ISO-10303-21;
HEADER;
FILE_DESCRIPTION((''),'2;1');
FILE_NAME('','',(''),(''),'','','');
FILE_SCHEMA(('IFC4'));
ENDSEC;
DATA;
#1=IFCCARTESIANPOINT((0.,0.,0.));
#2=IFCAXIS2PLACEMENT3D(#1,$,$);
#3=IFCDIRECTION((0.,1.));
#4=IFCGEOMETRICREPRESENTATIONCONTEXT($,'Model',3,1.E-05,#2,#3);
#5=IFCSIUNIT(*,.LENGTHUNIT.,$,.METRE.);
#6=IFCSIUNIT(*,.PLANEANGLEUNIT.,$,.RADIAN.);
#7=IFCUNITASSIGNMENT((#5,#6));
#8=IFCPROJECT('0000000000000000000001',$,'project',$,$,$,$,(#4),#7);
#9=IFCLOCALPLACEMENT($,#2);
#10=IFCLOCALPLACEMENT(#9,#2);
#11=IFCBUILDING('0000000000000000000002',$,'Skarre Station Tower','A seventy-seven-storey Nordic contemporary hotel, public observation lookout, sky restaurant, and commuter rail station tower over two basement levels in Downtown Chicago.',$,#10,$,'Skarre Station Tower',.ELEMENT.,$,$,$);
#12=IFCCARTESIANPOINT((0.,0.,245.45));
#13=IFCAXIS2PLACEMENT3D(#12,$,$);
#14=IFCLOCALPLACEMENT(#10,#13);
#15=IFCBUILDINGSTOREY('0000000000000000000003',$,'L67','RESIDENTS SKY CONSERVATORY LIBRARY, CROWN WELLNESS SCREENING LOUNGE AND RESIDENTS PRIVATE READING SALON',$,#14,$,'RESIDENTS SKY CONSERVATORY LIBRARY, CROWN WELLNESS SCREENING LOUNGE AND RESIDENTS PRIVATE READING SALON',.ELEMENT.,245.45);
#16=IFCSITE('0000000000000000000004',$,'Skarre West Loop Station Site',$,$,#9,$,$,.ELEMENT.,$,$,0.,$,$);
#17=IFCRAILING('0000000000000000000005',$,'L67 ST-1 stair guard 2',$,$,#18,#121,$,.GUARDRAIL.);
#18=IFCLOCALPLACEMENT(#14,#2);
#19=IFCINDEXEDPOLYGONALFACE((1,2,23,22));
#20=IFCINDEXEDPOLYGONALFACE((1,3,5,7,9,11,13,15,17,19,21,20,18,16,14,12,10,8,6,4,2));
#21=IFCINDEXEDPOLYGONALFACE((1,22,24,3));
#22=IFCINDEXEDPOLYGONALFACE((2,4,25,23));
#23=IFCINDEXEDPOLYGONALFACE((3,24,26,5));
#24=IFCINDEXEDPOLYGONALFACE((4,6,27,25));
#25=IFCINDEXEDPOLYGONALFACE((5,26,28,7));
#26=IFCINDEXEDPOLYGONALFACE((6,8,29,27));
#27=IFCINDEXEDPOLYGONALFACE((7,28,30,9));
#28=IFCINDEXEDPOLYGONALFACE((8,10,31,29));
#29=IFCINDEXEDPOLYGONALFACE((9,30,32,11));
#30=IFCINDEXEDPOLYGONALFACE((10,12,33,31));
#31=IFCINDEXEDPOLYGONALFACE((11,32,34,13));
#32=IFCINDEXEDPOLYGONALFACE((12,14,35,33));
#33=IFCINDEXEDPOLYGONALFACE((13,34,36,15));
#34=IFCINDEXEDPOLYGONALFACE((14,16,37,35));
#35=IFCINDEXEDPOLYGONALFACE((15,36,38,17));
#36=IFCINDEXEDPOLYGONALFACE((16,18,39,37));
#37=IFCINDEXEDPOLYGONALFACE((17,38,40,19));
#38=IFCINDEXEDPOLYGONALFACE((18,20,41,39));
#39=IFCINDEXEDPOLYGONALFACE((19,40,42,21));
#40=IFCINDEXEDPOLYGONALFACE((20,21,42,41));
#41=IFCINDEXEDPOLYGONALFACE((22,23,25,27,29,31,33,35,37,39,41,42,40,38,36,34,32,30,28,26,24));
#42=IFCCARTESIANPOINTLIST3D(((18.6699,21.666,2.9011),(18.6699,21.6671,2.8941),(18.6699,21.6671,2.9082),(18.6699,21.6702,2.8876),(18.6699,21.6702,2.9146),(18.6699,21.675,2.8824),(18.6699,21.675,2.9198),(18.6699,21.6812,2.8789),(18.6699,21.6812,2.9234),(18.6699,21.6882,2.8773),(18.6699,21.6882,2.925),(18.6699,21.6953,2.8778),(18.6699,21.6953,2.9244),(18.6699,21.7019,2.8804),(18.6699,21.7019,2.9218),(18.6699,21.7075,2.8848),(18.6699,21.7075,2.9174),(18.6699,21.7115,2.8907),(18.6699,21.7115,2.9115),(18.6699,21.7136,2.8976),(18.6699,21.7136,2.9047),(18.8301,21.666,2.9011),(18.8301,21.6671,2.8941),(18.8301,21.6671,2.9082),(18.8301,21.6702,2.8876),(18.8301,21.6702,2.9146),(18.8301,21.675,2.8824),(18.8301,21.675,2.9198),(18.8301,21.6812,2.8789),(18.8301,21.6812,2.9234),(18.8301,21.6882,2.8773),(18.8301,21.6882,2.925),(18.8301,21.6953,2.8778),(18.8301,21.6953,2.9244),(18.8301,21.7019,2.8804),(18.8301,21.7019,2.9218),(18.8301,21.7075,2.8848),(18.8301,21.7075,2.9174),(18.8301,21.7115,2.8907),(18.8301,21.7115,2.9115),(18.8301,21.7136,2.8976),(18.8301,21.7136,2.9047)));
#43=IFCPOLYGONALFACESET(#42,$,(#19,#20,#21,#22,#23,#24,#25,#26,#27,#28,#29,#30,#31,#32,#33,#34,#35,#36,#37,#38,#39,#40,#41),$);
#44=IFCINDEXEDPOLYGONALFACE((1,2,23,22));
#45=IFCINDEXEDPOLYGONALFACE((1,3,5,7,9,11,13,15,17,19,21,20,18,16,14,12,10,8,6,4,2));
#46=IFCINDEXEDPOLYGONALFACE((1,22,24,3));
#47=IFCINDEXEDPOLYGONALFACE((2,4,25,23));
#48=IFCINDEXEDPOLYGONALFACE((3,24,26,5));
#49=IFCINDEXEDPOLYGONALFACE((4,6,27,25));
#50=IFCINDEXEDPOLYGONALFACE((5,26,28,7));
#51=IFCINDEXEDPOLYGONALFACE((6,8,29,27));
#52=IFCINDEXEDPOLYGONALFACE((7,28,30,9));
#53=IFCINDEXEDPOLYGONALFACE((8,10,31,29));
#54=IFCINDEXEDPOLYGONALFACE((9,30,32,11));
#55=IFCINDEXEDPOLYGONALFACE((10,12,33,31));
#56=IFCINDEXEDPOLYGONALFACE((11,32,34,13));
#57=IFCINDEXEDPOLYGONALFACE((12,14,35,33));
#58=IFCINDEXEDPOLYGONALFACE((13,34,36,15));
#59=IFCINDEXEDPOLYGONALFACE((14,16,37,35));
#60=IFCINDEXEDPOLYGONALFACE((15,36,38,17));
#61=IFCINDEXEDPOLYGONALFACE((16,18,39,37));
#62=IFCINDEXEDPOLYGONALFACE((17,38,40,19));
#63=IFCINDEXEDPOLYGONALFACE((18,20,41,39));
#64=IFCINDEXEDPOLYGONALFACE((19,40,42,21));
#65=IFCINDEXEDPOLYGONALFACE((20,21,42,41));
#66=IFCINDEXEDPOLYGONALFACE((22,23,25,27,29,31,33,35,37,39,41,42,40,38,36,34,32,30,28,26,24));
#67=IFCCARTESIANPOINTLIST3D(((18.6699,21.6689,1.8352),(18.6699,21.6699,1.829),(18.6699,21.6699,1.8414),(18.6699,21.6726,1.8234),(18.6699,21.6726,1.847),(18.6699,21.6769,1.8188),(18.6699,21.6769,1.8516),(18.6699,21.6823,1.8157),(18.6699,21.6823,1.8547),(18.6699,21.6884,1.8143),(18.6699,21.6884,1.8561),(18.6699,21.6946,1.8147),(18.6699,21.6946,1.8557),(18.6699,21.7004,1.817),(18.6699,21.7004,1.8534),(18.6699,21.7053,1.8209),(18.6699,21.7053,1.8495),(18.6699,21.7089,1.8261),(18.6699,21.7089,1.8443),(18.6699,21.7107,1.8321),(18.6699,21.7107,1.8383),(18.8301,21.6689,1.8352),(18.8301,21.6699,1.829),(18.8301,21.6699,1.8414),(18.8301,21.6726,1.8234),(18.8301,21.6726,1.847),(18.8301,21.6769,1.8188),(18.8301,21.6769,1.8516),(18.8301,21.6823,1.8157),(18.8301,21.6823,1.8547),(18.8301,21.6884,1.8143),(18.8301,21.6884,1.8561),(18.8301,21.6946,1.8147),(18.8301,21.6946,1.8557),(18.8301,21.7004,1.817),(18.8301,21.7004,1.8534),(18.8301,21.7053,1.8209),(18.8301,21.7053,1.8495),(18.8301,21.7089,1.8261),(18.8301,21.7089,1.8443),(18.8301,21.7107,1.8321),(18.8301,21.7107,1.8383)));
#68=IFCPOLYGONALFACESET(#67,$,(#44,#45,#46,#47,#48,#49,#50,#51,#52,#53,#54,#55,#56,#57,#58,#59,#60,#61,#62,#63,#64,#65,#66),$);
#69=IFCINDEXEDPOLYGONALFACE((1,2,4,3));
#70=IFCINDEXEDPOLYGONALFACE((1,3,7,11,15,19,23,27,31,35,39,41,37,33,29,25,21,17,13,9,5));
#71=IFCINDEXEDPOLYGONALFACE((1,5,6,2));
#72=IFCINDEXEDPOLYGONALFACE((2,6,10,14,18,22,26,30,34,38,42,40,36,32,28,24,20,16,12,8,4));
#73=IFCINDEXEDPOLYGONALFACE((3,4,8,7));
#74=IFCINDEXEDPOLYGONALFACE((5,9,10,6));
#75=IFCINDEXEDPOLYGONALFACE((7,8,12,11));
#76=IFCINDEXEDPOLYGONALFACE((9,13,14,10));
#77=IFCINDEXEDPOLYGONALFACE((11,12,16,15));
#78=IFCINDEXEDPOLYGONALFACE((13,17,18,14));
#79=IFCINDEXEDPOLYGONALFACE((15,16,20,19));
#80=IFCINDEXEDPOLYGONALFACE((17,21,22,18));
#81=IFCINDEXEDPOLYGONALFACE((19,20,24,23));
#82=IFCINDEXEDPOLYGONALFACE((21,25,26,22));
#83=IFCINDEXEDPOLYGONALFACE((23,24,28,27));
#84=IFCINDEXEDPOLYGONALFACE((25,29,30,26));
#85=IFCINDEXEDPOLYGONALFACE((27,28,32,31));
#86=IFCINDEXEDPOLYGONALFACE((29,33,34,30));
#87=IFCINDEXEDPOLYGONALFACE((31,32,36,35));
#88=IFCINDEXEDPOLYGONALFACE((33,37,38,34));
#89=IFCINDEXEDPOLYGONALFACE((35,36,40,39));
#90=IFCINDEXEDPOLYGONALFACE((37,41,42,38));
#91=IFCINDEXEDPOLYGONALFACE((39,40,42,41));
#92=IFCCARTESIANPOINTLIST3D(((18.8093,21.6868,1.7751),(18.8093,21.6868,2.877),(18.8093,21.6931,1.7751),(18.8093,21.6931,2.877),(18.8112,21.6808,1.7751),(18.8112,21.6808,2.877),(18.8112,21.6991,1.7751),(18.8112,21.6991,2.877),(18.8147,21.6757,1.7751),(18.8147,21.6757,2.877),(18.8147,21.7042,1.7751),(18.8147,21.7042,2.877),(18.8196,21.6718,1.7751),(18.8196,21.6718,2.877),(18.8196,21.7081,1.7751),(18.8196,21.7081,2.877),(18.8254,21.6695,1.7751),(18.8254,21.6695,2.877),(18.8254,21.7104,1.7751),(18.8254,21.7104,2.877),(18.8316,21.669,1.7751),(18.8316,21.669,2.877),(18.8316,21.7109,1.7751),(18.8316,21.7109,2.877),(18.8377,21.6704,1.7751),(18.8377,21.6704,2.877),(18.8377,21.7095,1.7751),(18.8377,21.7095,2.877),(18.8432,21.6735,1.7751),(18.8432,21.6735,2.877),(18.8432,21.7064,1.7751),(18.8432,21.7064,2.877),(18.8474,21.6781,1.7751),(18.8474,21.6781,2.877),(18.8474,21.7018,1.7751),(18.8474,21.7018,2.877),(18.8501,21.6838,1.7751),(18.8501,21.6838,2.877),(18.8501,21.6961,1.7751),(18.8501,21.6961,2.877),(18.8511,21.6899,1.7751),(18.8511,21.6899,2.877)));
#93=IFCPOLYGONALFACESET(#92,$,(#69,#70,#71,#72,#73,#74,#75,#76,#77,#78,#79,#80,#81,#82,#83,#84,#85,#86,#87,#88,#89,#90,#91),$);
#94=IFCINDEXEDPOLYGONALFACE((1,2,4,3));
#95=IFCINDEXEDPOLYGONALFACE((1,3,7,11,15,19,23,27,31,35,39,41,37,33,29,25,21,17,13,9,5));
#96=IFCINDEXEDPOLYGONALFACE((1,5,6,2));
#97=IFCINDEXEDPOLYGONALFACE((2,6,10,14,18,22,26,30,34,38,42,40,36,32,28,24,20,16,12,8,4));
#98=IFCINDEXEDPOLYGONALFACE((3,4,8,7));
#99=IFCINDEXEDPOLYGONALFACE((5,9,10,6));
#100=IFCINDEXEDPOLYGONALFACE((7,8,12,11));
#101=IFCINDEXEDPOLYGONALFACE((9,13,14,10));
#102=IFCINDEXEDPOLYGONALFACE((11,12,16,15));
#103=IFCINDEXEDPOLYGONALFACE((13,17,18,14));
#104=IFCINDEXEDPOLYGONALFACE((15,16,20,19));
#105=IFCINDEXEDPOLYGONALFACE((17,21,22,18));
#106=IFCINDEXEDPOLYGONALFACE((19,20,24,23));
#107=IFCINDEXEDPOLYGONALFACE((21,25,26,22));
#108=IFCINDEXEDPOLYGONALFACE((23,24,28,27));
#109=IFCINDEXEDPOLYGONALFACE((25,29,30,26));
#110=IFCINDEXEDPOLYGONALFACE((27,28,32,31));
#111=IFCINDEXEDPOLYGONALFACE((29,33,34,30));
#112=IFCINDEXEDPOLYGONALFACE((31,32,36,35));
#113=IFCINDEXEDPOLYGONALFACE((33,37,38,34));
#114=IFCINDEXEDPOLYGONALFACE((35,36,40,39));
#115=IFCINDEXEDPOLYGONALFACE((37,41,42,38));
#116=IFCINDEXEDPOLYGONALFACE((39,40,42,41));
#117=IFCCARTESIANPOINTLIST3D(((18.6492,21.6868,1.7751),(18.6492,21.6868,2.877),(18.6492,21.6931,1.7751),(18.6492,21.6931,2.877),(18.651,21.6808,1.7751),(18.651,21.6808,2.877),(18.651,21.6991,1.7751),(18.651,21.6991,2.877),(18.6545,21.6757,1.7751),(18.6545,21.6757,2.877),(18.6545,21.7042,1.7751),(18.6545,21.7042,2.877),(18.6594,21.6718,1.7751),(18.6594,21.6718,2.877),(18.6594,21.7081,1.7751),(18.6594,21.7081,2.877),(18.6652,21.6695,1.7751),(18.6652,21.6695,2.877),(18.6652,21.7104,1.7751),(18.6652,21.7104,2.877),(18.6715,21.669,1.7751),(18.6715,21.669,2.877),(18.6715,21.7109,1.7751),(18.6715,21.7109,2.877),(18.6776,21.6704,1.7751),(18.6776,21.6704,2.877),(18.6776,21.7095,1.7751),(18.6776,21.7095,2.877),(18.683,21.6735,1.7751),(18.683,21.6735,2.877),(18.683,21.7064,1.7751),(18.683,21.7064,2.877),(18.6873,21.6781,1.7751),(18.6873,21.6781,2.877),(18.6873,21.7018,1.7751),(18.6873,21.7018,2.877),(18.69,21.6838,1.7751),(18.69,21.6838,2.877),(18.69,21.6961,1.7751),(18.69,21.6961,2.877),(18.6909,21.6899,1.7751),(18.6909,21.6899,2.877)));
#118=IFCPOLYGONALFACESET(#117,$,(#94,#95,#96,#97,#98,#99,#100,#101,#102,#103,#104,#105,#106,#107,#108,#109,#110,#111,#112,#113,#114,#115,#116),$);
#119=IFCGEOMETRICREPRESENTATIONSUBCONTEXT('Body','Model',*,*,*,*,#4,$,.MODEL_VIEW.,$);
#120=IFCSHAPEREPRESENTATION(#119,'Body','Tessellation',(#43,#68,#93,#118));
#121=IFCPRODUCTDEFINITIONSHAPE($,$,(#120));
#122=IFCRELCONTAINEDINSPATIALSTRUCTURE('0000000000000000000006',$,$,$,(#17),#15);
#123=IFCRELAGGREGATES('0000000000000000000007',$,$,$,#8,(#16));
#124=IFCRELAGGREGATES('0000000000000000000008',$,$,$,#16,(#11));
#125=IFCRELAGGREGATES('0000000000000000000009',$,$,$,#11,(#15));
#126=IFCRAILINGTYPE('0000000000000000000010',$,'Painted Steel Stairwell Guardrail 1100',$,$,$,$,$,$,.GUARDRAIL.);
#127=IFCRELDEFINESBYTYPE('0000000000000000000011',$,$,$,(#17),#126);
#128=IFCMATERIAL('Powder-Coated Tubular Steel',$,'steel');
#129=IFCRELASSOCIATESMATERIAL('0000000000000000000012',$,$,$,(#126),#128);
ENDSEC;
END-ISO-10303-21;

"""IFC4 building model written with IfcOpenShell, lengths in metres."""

from ifc_helpers import new_model, si_unit, direction, frame, origin, origin_2d, place, context, subcontext, project, spatial, circle, extrude, material, type_object, element, save


model = new_model("IFC4")

# Units and contexts
model_context = context("Model", 3, precision=1e-05, world=origin(), true_north=direction((0.0, 1.0)))
body_context = subcontext(model_context, "Body", "Model", "MODEL_VIEW")
ifc_project = project(units=[si_unit("LENGTHUNIT", "METRE"), si_unit("PLANEANGLEUNIT", "RADIAN")], contexts=[model_context])

# Site, building, storey
site_placement = place(None, origin())
site = spatial("IfcSite", under=ifc_project, at=site_placement, Name="Skarre West Loop Station Site", CompositionType="ELEMENT", RefElevation=0.0)
building_placement = place(site_placement, origin())
building = spatial("IfcBuilding", under=site, at=building_placement, Name="Skarre Station Tower", Description="A seventy-seven-storey Nordic contemporary hotel, public observation lookout, sky restaurant, and commuter rail station tower over two basement levels in Downtown Chicago.", LongName="Skarre Station Tower", CompositionType="ELEMENT")
storey_placement = place(building_placement, frame((0.0, 0.0, 245.45)))
storey = spatial("IfcBuildingStorey", under=building, at=storey_placement, Name="L67", Description="RESIDENTS SKY CONSERVATORY LIBRARY, CROWN WELLNESS SCREENING LOUNGE AND RESIDENTS PRIVATE READING SALON", LongName="RESIDENTS SKY CONSERVATORY LIBRARY, CROWN WELLNESS SCREENING LOUNGE AND RESIDENTS PRIVATE READING SALON", CompositionType="ELEMENT", Elevation=245.45)

# Railing
ifc_material_1 = material(Name="Powder-Coated Tubular Steel", Category="steel")
railing_type = type_object("IfcRailingType", Name="Painted Steel Stairwell Guardrail 1100", PredefinedType="GUARDRAIL", material=ifc_material_1)
railing_1_placement = place(storey_placement, frame((18.8301, 21.6899, 1.7751)))
element("IfcRailing", 1, at=railing_1_placement, inside=storey, type_object=railing_type, Name="L67 ST-1 stair guard 2", PredefinedType="GUARDRAIL", context=body_context, shape_type="SweptSolid", body=[
    extrude(circle(Radius=0.0239, at=origin_2d()), frame((0.0, 0.0, 1.126), z_axis=(-1.0, 0.0, 0.0), x_axis=(0.0, -1.0, 0.0)), (0.0, 0.0, 1.0), 0.1602),
    extrude(circle(Radius=0.021, at=origin_2d()), frame((0.0, 0.0, 0.0601), z_axis=(-1.0, 0.0, 0.0), x_axis=(0.0, -1.0, 0.0)), (0.0, 0.0, 1.0), 0.1602),
    extrude(circle(Radius=0.021, at=origin_2d()), origin(), (0.0, 0.0, 1.0), 1.1018),
    extrude(circle(Radius=0.021, at=origin_2d()), frame((-0.1602, 0.0, 0.0)), (0.0, 0.0, 1.0), 1.1018),
])

save(model, "model.ifc")
